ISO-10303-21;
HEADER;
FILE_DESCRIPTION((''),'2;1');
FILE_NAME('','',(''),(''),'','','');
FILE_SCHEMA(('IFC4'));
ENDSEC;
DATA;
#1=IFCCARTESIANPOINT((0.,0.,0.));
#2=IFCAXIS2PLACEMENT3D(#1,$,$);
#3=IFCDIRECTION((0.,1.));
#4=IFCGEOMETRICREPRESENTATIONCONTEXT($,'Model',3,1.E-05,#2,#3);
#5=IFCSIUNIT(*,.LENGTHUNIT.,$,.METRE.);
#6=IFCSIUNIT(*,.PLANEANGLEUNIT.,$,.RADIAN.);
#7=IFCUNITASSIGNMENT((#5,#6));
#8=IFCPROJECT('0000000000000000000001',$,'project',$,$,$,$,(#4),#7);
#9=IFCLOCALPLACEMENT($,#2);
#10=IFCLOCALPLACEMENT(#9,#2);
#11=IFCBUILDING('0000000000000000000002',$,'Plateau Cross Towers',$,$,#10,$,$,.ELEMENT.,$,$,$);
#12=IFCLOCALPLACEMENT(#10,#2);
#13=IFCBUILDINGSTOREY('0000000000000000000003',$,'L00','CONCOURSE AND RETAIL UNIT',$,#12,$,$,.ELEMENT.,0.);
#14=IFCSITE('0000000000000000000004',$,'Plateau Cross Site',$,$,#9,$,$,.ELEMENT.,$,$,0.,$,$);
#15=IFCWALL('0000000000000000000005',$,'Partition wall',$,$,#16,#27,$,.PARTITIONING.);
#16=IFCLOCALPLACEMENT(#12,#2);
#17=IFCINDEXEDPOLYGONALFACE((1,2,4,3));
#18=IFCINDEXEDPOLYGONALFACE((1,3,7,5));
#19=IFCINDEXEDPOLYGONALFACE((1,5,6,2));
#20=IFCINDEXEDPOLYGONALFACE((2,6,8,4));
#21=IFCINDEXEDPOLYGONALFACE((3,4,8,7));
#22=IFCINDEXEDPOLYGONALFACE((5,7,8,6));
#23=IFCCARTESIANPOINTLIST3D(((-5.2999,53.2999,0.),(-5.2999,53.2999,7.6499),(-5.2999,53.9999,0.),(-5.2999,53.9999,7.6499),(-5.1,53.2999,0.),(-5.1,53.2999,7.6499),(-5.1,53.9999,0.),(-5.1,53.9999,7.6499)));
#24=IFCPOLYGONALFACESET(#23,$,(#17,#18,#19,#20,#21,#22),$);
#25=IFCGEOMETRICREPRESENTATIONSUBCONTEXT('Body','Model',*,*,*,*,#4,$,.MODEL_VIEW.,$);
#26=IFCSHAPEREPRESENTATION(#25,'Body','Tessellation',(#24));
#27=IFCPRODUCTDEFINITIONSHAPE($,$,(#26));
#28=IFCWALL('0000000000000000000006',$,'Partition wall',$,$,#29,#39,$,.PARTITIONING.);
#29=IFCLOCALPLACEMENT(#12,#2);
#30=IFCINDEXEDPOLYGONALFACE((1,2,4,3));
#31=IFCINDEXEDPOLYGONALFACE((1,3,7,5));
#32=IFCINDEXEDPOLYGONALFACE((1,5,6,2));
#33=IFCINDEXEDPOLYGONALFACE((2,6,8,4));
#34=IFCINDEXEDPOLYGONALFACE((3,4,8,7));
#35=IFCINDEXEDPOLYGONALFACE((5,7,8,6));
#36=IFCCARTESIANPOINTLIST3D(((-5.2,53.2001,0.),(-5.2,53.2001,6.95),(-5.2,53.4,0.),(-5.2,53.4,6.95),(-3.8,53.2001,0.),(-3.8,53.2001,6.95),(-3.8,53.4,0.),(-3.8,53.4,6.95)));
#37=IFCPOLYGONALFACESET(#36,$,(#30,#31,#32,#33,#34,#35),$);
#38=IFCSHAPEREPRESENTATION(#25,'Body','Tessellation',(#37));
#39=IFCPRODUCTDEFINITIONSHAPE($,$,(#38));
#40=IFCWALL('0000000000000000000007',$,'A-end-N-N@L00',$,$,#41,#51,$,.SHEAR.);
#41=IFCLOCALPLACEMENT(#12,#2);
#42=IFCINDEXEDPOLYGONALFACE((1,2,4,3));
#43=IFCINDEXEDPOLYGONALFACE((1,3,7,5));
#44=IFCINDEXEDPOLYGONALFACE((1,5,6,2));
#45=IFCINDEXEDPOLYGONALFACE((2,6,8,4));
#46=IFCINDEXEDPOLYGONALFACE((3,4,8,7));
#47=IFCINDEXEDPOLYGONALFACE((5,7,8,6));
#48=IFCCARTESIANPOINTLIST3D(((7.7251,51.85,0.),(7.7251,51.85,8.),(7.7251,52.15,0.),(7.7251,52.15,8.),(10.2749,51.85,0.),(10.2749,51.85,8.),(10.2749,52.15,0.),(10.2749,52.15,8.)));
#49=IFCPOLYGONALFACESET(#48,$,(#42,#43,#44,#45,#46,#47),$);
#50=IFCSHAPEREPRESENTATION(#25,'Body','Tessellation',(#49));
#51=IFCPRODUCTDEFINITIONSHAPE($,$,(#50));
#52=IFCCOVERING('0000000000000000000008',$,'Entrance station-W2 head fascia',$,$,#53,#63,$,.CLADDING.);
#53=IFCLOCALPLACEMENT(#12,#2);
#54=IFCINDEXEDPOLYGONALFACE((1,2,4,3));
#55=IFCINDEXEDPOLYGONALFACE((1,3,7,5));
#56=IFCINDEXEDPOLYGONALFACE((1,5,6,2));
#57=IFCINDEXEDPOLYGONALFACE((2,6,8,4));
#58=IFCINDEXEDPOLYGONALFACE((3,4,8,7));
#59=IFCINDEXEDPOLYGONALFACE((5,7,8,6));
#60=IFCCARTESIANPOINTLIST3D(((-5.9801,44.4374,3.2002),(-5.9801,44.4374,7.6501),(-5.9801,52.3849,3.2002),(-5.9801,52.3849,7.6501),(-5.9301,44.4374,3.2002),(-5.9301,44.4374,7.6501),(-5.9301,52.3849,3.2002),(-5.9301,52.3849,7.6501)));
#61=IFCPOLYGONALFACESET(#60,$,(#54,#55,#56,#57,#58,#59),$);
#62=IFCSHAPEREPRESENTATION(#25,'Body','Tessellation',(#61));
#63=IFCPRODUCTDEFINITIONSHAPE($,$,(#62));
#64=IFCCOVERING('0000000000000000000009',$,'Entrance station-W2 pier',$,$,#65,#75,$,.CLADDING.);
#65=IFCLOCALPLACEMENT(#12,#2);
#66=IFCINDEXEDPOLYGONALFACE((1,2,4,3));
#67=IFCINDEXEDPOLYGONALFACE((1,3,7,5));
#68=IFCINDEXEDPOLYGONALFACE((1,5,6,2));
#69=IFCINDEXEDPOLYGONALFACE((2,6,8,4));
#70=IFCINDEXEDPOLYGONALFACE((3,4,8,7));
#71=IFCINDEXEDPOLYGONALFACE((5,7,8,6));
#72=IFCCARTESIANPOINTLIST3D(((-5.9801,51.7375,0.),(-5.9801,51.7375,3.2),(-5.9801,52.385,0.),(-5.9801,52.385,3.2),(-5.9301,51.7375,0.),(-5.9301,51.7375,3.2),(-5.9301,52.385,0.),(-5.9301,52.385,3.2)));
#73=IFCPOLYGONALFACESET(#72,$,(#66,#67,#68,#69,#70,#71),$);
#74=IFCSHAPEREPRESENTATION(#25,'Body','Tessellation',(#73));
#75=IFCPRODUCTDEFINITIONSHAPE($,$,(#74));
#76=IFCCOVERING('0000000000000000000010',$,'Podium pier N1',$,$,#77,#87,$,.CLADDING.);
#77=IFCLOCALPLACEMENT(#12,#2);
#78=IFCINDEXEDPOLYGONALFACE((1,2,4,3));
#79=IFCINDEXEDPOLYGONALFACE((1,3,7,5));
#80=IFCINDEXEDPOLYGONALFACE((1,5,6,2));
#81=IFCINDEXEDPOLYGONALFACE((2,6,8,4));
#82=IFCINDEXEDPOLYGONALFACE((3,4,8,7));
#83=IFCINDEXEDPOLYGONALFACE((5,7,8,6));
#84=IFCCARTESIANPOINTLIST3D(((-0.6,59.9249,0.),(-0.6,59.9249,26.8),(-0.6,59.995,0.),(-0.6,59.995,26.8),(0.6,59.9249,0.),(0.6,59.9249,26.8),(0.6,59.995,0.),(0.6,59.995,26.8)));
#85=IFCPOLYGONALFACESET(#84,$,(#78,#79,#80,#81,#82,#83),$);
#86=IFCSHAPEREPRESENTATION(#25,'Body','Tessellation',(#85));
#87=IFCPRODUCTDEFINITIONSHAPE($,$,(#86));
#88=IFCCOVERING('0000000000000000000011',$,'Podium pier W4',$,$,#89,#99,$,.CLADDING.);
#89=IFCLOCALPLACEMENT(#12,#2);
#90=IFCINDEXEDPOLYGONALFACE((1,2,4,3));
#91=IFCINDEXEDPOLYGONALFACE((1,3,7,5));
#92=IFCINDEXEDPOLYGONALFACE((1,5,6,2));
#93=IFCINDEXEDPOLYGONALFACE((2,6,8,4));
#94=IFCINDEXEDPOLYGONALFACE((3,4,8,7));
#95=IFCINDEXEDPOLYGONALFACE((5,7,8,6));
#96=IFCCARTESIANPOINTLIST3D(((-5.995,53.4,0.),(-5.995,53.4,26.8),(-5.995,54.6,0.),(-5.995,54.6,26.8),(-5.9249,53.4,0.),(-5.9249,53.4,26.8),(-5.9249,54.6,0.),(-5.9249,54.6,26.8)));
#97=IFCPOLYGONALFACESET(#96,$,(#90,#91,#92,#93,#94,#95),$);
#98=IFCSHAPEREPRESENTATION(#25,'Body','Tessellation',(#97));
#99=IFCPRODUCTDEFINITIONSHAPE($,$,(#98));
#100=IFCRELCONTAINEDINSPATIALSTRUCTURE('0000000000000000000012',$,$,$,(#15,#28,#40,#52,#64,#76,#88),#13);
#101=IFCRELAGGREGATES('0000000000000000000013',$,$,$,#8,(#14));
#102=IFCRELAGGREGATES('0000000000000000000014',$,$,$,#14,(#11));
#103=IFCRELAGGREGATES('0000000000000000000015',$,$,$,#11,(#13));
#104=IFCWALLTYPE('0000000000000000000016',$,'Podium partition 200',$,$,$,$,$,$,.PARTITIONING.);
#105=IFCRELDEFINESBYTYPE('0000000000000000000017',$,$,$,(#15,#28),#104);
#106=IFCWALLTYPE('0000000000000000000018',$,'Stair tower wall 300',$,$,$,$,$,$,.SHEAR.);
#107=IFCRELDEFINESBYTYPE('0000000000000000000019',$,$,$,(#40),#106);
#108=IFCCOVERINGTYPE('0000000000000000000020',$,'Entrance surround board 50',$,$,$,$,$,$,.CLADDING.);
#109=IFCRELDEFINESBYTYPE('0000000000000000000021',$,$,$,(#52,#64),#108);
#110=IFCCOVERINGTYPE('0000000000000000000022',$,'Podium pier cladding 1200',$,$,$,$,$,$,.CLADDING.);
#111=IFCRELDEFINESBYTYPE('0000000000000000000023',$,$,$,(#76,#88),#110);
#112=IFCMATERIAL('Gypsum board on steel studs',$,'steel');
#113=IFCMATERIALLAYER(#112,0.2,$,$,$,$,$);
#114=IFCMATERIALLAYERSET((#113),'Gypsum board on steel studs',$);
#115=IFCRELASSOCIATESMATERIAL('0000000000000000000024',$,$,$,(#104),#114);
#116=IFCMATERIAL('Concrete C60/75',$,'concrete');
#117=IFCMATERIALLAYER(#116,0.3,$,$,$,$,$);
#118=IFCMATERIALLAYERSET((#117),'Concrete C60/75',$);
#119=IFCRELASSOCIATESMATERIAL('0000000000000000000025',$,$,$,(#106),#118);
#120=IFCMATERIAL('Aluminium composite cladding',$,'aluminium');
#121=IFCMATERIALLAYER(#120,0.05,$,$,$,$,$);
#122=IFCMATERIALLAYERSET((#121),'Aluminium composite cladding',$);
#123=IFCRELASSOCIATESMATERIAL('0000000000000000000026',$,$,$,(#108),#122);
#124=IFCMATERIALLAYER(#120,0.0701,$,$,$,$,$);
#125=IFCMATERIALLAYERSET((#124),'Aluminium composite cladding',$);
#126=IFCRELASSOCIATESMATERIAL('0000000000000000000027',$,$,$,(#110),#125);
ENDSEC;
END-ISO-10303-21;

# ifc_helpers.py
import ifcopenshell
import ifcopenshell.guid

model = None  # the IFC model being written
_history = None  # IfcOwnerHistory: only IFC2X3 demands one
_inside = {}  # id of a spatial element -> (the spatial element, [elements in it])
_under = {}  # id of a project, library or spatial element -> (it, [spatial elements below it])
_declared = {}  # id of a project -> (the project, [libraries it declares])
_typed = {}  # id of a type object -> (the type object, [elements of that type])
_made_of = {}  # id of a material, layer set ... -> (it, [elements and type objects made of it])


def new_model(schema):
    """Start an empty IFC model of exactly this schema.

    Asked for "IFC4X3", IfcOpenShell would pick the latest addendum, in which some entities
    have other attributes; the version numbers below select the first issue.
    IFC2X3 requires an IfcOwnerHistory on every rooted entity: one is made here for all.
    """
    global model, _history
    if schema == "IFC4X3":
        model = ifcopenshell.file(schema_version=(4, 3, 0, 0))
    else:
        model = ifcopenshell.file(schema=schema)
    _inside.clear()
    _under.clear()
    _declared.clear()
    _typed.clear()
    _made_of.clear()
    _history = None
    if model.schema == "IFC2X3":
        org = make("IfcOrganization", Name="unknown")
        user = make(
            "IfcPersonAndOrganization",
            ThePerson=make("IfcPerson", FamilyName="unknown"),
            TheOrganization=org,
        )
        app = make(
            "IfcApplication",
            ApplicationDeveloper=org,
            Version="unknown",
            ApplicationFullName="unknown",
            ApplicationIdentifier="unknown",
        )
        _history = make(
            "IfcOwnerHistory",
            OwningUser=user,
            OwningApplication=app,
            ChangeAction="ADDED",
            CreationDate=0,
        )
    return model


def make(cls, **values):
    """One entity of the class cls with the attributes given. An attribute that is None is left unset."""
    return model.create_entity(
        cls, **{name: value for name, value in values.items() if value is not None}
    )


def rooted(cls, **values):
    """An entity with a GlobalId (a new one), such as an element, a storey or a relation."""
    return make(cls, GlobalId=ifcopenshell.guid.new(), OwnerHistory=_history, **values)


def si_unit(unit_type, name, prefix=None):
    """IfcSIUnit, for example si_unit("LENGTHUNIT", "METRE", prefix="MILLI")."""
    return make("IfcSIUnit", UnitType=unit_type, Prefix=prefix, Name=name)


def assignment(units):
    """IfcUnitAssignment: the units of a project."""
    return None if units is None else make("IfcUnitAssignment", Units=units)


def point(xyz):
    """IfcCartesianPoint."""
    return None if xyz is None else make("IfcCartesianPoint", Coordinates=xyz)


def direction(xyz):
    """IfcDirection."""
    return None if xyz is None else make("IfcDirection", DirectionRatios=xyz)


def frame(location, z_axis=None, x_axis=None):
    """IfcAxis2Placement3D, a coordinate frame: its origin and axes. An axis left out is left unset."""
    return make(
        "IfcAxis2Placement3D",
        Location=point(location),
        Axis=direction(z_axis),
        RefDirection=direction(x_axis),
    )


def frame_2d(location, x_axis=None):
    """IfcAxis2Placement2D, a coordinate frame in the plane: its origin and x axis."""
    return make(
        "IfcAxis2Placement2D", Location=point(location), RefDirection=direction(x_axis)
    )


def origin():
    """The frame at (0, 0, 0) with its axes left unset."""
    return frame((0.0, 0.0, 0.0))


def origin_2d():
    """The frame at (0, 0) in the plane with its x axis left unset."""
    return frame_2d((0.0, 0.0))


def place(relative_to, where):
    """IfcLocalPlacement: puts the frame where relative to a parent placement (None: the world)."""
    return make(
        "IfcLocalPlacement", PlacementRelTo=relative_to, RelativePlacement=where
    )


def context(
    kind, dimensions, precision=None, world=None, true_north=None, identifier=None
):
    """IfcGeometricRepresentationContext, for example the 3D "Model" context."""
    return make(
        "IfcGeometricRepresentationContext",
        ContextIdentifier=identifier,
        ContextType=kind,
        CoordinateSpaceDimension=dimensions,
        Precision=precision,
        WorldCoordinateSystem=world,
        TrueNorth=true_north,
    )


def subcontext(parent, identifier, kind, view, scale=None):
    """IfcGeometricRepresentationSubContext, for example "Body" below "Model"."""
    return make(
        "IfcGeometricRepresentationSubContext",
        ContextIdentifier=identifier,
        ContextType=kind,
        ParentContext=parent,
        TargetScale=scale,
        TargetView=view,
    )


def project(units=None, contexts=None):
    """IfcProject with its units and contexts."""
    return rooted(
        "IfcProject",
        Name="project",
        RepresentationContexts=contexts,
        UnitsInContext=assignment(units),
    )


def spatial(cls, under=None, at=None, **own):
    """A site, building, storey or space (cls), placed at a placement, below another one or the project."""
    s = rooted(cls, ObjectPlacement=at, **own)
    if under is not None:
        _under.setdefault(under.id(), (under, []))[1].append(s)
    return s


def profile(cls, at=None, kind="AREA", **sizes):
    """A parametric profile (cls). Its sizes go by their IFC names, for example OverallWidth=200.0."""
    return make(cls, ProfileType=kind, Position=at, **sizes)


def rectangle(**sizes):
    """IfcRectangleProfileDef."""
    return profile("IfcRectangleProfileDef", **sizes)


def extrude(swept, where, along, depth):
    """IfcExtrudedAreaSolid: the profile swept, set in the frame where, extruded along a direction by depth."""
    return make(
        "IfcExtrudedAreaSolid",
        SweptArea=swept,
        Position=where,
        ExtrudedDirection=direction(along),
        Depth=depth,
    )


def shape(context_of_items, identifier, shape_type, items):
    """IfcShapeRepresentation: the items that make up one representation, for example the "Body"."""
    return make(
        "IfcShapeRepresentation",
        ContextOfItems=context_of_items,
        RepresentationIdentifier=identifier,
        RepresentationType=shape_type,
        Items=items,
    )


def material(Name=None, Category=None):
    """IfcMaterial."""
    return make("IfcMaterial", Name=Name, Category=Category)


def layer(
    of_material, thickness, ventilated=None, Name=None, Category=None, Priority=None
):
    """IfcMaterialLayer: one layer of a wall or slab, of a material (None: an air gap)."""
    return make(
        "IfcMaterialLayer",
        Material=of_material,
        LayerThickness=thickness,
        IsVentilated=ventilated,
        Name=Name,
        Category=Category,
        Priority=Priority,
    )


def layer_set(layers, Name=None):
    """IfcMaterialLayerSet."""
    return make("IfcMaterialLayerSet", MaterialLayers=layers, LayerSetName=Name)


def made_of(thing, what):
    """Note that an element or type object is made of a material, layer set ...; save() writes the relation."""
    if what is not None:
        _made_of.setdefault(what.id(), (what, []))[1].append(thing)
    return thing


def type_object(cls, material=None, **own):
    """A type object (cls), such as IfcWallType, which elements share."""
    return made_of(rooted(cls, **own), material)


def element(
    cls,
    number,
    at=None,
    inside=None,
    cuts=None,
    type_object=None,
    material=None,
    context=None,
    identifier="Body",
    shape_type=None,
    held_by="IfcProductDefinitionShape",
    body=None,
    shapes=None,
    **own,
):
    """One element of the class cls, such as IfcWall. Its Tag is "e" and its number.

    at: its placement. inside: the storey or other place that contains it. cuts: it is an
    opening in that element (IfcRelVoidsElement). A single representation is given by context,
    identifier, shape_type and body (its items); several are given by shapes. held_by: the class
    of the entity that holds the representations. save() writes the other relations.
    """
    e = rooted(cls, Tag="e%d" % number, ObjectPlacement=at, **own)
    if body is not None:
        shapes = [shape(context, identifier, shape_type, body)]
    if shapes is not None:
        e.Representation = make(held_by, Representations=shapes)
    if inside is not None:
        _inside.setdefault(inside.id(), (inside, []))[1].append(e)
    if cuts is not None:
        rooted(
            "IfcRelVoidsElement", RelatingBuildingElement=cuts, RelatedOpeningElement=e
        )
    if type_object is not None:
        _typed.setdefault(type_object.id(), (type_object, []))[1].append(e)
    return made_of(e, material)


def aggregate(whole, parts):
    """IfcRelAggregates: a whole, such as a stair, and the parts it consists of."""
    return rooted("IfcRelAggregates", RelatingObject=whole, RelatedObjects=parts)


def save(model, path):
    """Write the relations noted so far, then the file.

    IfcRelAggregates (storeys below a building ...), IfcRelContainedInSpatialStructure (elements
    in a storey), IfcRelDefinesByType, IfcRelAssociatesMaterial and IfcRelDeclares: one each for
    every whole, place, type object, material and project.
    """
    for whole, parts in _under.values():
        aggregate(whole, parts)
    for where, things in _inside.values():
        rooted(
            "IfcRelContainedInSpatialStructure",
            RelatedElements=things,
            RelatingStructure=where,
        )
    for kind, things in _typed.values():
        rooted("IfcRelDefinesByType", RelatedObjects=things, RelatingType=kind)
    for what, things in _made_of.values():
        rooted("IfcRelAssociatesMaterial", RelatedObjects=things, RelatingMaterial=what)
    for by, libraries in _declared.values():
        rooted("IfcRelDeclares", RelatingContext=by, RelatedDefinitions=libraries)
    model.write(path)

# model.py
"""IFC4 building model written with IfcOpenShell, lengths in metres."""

from ifc_helpers import new_model, si_unit, direction, frame, frame_2d, origin, origin_2d, place, context, subcontext, project, spatial, rectangle, extrude, material, layer, layer_set, type_object, element, save


model = new_model("IFC4")

# Units and contexts
model_context = context("Model", 3, precision=1e-05, world=origin(), true_north=direction((0.0, 1.0)))
body_context = subcontext(model_context, "Body", "Model", "MODEL_VIEW")
ifc_project = project(units=[si_unit("LENGTHUNIT", "METRE"), si_unit("PLANEANGLEUNIT", "RADIAN")], contexts=[model_context])

# Site, building, storey
site_placement = place(None, origin())
site = spatial("IfcSite", under=ifc_project, at=site_placement, Name="Plateau Cross Site", CompositionType="ELEMENT", RefElevation=0.0)
building_placement = place(site_placement, origin())
building = spatial("IfcBuilding", under=site, at=building_placement, Name="Plateau Cross Towers", CompositionType="ELEMENT")
storey_placement = place(building_placement, origin())
storey = spatial("IfcBuildingStorey", under=building, at=storey_placement, Name="L00", Description="CONCOURSE AND RETAIL UNIT", CompositionType="ELEMENT", Elevation=0.0)

# Shared definitions
ifc_material_1 = material(Name="Concrete C60/75", Category="concrete")

# Shared definitions
ifc_material_2 = material(Name="Gypsum board on steel studs", Category="steel")
ifc_layer_1 = layer(ifc_material_2, 0.2)
ifc_layer_set_1 = layer_set([ifc_layer_1], Name="Gypsum board on steel studs")
wall_type_1 = type_object("IfcWallType", Name="Podium partition 200", PredefinedType="PARTITIONING", material=ifc_layer_set_1)

# Walls
wall_1_placement = place(storey_placement, frame((-5.2, 54.0, 0.0), z_axis=(0.0, 0.0, 1.0), x_axis=(0.0, -1.0, 0.0)))
element("IfcWall", 1, at=wall_1_placement, inside=storey, type_object=wall_type_1, Name="Partition wall", PredefinedType="PARTITIONING", context=body_context, shape_type="SweptSolid", body=[
    extrude(rectangle(XDim=0.7, YDim=0.2, at=frame_2d((0.3501, 0.0))), origin(), (0.0, 0.0, 1.0), 7.6499),
])
wall_2_placement = place(storey_placement, frame((-5.2, 53.3, 0.0), z_axis=(0.0, 0.0, 1.0), x_axis=(1.0, 0.0, 0.0)))
element("IfcWall", 2, at=wall_2_placement, inside=storey, type_object=wall_type_1, Name="Partition wall", PredefinedType="PARTITIONING", context=body_context, shape_type="SweptSolid", body=[
    extrude(rectangle(XDim=1.3999, YDim=0.2, at=frame_2d((0.7, 0.0))), origin(), (0.0, 0.0, 1.0), 6.95),
])
ifc_layer_2 = layer(ifc_material_1, 0.3)
ifc_layer_set_2 = layer_set([ifc_layer_2], Name="Concrete C60/75")
wall_type_2 = type_object("IfcWallType", Name="Stair tower wall 300", PredefinedType="SHEAR", material=ifc_layer_set_2)
wall_3_placement = place(storey_placement, frame((7.7251, 52.0, 0.0), z_axis=(0.0, 0.0, 1.0), x_axis=(1.0, 0.0, 0.0)))
element("IfcWall", 3, at=wall_3_placement, inside=storey, type_object=wall_type_2, Name="A-end-N-N@L00", PredefinedType="SHEAR", context=body_context, shape_type="SweptSolid", body=[
    extrude(rectangle(XDim=2.5498, YDim=0.3, at=frame_2d((1.2749, 0.0))), origin(), (0.0, 0.0, 1.0), 8.0),
])

# Coverings
ifc_material_3 = material(Name="Aluminium composite cladding", Category="aluminium")
ifc_layer_3 = layer(ifc_material_3, 0.05)
ifc_layer_set_3 = layer_set([ifc_layer_3], Name="Aluminium composite cladding")
covering_type_1 = type_object("IfcCoveringType", Name="Entrance surround board 50", PredefinedType="CLADDING", material=ifc_layer_set_3)
covering_1_placement = place(storey_placement, frame((-5.9551, 48.4111, 3.2002), z_axis=(0.0, 0.0, 1.0), x_axis=(0.0, -1.0, 0.0)))
element("IfcCovering", 4, at=covering_1_placement, inside=storey, type_object=covering_type_1, Name="Entrance station-W2 head fascia", PredefinedType="CLADDING", context=body_context, shape_type="SweptSolid", body=[
    extrude(rectangle(XDim=7.9475, YDim=0.05, at=origin_2d()), origin(), (0.0, 0.0, 1.0), 4.45),
])
covering_2_placement = place(storey_placement, frame((-5.9551, 52.0613, 0.0), z_axis=(0.0, 0.0, 1.0), x_axis=(0.0, -1.0, 0.0)))
element("IfcCovering", 5, at=covering_2_placement, inside=storey, type_object=covering_type_1, Name="Entrance station-W2 pier", PredefinedType="CLADDING", context=body_context, shape_type="SweptSolid", body=[
    extrude(rectangle(XDim=0.6475, YDim=0.05, at=origin_2d()), origin(), (0.0, 0.0, 1.0), 3.2),
])
ifc_layer_4 = layer(ifc_material_3, 0.0701)
ifc_layer_set_4 = layer_set([ifc_layer_4], Name="Aluminium composite cladding")
covering_type_2 = type_object("IfcCoveringType", Name="Podium pier cladding 1200", PredefinedType="CLADDING", material=ifc_layer_set_4)
for number, where, z_axis, x_axis, name in (
    (6, (0.0, 59.96, 0.0), (0.0, 0.0, 1.0), (-1.0, 0.0, 0.0), "Podium pier N1"),
    (7, (-5.96, 54.0, 0.0), (0.0, 0.0, 1.0), (0.0, -1.0, 0.0), "Podium pier W4"),
):
    element("IfcCovering", number, at=place(storey_placement, frame(where, z_axis=z_axis, x_axis=x_axis)), inside=storey, type_object=covering_type_2, Name=name, PredefinedType="CLADDING", context=body_context, shape_type="SweptSolid", body=[
        extrude(rectangle(XDim=1.2, YDim=0.0701, at=origin_2d()), origin(), (0.0, 0.0, 1.0), 26.8),
    ])

save(model, "model.ifc")
